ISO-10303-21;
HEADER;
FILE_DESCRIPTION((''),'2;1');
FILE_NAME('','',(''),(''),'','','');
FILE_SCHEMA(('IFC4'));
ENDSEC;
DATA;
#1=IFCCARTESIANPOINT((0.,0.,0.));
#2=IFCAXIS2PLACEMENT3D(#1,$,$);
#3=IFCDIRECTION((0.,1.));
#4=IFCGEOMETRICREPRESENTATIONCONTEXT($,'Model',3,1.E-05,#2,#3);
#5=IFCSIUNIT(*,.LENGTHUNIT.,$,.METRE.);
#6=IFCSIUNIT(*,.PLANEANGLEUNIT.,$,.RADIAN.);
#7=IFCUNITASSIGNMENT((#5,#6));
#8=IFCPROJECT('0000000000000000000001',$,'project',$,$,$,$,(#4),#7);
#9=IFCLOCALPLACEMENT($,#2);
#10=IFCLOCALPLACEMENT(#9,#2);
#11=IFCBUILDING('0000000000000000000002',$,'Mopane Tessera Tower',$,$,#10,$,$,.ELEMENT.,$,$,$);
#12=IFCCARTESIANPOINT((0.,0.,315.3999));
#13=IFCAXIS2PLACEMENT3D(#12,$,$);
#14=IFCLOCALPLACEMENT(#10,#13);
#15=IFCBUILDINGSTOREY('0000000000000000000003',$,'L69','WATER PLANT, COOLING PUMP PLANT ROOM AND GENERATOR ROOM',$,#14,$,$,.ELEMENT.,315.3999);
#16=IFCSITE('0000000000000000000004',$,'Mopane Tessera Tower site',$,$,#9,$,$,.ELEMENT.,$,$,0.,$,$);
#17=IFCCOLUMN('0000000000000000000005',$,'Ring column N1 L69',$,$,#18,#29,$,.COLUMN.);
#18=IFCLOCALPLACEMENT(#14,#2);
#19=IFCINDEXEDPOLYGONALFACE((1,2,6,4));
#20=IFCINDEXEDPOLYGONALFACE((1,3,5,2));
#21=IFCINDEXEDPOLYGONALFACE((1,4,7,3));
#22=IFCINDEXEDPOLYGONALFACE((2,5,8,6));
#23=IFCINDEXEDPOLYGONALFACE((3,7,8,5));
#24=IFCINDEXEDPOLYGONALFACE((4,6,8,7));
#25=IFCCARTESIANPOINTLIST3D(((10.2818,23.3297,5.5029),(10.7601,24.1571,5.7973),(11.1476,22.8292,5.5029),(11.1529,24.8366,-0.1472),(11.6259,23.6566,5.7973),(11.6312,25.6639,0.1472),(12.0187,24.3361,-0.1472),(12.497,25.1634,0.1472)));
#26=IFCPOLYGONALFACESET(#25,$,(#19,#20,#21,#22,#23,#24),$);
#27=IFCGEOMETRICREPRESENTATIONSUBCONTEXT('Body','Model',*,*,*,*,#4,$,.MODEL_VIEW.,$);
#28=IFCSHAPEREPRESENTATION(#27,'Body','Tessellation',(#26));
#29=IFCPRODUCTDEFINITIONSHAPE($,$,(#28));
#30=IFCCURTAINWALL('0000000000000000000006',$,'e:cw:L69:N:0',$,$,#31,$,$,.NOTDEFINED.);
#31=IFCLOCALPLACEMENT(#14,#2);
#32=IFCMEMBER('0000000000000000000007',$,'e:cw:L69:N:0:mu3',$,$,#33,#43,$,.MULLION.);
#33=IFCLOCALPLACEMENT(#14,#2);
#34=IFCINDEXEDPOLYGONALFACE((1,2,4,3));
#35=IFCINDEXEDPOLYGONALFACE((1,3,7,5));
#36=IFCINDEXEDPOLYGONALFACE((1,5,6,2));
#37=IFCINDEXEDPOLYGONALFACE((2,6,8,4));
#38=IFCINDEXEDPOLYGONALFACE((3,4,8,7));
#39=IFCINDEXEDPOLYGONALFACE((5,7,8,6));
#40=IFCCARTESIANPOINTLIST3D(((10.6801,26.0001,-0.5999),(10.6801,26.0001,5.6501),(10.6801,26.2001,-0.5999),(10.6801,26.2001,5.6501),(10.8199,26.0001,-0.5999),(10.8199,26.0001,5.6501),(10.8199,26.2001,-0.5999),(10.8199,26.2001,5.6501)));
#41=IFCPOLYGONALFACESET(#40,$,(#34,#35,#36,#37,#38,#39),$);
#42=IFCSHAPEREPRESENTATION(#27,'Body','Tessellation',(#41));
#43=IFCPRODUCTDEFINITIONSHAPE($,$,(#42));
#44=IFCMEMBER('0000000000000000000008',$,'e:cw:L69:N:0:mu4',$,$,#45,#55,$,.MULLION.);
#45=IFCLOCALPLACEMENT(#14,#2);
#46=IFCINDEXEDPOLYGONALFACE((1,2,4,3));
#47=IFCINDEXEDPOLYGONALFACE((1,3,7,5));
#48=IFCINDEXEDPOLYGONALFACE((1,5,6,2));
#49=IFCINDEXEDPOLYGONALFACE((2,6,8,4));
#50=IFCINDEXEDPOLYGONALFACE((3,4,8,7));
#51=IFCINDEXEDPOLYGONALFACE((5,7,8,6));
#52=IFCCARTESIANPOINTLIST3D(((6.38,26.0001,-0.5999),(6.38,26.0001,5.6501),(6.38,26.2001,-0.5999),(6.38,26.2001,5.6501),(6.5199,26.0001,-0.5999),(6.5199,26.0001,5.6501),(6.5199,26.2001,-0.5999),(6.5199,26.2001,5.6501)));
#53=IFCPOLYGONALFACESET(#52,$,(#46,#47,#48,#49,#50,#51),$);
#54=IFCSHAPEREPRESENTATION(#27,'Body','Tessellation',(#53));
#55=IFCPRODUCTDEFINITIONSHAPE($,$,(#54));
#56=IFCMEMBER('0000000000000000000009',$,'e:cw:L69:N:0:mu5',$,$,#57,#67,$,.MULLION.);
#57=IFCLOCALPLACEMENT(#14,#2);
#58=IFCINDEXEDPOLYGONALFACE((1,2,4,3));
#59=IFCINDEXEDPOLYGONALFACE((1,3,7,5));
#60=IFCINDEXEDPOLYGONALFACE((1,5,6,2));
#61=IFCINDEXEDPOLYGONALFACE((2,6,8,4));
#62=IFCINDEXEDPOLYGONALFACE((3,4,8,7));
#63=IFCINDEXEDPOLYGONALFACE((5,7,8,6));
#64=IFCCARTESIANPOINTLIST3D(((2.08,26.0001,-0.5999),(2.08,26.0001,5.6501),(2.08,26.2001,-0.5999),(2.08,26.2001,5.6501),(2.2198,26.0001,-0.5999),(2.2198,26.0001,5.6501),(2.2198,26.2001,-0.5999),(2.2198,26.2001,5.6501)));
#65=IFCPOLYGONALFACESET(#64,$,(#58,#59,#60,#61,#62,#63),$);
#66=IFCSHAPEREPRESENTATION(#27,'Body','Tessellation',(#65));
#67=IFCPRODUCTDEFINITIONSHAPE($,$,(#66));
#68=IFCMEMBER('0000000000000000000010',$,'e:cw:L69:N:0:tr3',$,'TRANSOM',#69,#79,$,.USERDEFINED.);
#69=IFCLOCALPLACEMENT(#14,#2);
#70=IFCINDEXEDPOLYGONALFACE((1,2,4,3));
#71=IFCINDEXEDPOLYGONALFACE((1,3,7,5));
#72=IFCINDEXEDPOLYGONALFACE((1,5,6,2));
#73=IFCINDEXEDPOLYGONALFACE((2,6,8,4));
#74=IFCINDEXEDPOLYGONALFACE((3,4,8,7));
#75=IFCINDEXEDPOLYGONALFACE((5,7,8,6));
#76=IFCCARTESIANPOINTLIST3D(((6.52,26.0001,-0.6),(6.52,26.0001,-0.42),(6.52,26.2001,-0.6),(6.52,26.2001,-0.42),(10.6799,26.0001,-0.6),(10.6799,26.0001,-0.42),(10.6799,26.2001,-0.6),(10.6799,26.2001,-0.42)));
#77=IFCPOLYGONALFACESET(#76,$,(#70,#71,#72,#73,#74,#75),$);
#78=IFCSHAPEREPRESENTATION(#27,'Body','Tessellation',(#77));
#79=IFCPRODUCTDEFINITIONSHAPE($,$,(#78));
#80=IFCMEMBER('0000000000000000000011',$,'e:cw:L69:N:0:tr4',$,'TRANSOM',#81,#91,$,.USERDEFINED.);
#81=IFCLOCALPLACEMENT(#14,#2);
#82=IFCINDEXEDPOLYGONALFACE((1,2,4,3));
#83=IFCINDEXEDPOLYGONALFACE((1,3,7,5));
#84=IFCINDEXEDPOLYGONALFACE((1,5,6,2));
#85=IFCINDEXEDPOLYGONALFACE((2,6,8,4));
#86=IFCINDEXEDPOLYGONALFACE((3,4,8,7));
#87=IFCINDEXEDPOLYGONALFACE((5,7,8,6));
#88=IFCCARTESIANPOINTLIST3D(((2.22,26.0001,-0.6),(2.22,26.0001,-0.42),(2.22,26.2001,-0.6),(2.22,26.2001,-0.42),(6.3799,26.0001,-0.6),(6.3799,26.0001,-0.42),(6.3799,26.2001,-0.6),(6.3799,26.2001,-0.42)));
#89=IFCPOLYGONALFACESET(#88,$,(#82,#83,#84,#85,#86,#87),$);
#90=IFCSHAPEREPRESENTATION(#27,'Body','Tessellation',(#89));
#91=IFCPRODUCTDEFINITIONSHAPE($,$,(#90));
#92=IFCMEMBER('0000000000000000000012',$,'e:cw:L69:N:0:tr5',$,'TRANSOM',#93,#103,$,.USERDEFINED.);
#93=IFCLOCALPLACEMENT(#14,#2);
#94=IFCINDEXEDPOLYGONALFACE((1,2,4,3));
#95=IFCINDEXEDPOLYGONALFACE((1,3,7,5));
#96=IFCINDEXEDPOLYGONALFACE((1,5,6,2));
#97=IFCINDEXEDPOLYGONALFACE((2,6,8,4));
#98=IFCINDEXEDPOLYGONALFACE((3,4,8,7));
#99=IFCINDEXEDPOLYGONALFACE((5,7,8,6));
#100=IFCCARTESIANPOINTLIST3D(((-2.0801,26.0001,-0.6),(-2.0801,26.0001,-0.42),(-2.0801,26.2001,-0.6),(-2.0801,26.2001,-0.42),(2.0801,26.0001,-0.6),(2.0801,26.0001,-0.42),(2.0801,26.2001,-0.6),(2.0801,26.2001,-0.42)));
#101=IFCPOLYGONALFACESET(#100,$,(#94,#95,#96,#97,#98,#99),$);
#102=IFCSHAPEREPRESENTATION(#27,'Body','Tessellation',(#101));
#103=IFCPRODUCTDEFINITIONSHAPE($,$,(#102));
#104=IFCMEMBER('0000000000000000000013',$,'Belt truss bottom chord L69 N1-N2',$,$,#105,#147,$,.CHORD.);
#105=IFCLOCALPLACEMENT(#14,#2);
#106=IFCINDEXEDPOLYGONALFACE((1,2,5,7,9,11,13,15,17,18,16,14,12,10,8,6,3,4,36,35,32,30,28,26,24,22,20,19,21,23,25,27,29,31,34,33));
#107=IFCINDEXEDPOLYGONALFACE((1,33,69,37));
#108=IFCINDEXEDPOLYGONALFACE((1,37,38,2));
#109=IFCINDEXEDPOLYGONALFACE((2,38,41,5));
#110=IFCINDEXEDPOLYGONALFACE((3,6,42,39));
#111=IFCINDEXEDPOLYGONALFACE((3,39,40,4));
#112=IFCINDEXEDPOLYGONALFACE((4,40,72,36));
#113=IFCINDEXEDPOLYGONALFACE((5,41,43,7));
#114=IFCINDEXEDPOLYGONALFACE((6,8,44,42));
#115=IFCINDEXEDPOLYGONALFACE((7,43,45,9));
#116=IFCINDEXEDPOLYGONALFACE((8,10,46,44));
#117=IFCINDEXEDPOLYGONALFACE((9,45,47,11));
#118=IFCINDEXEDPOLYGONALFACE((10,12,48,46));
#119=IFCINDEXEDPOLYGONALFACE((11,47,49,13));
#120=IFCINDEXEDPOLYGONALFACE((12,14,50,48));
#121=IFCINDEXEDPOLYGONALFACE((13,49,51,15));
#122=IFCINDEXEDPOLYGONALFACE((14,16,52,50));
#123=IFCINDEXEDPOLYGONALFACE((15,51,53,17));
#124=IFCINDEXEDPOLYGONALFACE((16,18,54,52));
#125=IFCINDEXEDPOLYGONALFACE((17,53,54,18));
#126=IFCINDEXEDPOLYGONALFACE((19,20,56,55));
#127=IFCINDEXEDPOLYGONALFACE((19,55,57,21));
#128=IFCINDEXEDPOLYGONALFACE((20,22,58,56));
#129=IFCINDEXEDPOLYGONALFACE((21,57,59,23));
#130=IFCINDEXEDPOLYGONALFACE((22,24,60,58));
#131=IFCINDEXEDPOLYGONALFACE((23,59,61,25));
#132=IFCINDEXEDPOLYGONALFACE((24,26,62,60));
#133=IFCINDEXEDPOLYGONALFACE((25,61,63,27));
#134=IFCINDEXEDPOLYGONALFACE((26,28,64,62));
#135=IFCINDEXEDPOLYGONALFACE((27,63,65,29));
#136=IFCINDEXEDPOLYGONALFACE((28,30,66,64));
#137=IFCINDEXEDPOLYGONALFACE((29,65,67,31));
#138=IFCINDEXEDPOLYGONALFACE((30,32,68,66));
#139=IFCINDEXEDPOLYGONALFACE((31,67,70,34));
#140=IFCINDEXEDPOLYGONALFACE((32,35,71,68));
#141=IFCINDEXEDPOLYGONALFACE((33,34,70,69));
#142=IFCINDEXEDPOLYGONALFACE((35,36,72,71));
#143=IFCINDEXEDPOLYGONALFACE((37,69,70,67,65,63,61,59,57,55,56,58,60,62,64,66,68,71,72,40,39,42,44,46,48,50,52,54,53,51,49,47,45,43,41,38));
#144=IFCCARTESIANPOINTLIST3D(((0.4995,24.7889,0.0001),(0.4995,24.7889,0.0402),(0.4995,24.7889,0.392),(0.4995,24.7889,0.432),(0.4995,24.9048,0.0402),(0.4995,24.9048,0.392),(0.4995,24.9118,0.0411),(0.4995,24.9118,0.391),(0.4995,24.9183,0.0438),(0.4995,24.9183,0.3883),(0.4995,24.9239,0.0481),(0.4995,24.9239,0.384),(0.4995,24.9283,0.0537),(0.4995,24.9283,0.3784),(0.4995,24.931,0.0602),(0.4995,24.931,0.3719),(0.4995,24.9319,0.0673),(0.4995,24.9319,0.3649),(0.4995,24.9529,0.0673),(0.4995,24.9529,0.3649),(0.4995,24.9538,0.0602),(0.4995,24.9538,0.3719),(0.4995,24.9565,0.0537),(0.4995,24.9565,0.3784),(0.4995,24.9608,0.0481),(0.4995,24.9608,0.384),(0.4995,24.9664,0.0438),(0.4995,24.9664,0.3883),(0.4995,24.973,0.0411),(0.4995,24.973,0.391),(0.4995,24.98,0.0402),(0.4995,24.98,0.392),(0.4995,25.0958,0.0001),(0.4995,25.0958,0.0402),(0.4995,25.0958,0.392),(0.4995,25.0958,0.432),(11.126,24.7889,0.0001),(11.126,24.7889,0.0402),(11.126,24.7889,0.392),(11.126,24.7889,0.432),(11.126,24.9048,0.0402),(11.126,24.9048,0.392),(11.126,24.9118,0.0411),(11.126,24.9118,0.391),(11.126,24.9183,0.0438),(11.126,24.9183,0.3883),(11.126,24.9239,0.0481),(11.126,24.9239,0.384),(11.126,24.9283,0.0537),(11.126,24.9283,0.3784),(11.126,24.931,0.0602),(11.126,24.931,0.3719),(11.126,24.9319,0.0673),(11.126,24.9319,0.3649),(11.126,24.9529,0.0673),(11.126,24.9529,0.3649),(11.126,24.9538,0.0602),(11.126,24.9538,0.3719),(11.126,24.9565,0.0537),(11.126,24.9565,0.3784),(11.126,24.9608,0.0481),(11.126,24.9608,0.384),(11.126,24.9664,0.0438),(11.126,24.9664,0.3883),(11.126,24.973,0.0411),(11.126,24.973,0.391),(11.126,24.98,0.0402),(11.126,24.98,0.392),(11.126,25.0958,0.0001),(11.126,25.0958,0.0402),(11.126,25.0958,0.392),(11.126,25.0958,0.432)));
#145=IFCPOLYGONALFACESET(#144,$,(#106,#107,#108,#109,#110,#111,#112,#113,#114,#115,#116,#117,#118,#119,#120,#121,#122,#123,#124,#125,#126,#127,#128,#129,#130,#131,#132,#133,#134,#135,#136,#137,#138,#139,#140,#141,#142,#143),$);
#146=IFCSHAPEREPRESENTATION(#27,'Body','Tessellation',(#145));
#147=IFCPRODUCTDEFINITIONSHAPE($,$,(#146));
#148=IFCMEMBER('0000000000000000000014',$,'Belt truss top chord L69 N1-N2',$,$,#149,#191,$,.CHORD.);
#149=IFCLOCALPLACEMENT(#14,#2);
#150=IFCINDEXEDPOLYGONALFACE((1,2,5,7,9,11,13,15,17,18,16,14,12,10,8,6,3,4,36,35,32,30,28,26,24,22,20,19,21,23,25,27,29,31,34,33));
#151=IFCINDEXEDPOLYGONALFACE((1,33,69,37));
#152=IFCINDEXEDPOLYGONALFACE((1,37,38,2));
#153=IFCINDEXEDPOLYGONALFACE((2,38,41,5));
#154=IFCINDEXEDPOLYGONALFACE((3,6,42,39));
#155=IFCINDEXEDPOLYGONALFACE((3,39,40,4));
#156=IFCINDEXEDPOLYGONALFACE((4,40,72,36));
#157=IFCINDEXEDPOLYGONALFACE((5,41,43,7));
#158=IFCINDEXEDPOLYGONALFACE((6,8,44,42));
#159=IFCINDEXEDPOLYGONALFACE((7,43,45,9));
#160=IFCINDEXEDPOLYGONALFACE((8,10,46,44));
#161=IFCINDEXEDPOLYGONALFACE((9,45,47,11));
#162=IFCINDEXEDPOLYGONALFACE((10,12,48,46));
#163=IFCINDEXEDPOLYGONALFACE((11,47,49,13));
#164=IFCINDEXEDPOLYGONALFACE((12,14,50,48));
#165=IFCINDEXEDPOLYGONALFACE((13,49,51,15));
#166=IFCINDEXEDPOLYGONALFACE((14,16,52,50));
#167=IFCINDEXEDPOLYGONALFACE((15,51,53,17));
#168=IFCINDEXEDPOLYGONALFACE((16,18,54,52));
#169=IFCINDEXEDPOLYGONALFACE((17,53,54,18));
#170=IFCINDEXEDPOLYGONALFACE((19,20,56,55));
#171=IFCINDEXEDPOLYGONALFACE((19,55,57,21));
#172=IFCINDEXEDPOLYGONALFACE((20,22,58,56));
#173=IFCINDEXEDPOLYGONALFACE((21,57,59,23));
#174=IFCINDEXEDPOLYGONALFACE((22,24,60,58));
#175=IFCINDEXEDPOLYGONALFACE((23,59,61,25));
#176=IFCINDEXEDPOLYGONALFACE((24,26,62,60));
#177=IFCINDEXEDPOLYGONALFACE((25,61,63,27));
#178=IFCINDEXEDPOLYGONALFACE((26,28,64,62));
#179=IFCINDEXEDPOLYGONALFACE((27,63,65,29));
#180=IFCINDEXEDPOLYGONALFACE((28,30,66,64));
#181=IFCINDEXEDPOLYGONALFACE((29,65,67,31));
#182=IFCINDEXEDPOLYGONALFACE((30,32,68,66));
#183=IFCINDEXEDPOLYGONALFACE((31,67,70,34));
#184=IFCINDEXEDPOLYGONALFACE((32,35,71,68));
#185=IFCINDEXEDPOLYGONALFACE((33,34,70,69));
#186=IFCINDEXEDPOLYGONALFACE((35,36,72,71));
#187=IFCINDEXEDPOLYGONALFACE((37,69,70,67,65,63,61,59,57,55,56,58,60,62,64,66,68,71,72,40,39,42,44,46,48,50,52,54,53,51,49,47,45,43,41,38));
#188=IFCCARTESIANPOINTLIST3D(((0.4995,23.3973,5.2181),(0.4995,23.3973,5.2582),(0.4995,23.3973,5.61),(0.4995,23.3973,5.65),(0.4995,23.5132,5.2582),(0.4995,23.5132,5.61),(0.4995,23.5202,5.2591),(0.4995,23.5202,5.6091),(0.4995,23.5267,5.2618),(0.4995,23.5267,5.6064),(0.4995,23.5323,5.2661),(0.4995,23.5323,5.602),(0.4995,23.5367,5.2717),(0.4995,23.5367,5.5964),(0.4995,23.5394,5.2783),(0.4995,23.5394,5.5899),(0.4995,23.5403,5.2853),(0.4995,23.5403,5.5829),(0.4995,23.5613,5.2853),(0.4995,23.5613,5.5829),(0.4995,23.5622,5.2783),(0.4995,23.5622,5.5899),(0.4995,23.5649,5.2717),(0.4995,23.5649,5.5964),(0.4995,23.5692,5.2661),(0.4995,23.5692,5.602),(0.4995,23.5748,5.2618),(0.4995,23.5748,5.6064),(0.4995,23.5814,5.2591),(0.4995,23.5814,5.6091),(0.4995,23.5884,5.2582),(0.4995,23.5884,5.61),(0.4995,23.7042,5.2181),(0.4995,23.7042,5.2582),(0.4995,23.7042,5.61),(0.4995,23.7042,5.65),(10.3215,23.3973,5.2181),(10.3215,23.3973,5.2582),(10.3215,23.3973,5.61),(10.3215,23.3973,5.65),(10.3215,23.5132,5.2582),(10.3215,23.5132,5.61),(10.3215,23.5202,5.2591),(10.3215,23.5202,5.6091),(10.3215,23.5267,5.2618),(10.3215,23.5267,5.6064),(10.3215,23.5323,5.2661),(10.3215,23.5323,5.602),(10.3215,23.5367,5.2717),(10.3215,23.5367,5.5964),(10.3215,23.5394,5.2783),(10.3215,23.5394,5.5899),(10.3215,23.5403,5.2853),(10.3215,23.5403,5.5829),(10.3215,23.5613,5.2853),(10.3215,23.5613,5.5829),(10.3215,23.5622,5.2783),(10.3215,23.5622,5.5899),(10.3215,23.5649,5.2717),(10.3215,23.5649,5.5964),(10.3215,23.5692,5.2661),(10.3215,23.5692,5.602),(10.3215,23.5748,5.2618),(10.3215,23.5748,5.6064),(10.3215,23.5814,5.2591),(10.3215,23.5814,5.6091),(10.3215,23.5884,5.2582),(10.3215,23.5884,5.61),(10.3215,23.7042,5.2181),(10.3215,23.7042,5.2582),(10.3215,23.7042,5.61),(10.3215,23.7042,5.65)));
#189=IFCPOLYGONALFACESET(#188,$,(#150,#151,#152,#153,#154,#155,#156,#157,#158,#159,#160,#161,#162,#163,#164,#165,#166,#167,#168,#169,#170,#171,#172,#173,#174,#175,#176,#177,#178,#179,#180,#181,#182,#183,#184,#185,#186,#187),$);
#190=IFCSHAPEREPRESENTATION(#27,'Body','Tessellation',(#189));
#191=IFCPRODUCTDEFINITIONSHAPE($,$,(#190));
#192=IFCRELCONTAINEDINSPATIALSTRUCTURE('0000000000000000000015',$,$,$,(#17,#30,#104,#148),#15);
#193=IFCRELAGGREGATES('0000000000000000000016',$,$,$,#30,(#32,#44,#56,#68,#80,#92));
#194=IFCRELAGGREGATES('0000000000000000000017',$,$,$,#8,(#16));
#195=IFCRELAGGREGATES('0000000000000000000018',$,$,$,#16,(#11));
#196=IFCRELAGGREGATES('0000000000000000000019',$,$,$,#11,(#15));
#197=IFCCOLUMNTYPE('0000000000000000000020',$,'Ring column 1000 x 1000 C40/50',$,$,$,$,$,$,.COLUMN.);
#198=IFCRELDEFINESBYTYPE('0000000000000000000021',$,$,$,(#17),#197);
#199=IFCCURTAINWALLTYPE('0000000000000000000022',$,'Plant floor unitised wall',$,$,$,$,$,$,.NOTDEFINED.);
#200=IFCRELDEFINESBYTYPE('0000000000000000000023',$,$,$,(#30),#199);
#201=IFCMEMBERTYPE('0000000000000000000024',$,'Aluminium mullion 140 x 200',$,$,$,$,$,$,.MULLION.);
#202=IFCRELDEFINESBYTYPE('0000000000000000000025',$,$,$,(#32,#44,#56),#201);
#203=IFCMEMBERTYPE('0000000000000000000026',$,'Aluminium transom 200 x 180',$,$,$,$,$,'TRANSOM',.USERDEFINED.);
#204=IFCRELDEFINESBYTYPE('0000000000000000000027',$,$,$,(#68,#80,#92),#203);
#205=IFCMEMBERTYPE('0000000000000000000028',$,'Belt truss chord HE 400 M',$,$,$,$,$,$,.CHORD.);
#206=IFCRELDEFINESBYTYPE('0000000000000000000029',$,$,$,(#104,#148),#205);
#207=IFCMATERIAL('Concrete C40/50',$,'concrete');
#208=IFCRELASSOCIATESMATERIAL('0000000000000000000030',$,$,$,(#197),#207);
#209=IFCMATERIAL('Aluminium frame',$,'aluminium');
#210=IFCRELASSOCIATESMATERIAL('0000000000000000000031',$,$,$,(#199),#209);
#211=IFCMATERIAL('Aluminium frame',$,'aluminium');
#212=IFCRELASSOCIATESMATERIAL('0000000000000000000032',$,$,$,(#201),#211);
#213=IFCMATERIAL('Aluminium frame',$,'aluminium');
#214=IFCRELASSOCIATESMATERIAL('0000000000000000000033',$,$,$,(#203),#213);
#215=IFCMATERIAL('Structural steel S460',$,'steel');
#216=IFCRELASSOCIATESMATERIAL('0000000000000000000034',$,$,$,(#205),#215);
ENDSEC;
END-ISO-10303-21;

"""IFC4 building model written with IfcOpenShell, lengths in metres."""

from ifc_helpers import new_model, si_unit, direction, frame, origin, origin_2d, place, context, subcontext, project, spatial, rectangle, i_section, extrude, material, material_profile, profile_set, type_object, element, aggregate, save


model = new_model("IFC4")

# Units and contexts
model_context = context("Model", 3, precision=1e-05, world=origin(), true_north=direction((0.0, 1.0)))
body_context = subcontext(model_context, "Body", "Model", "MODEL_VIEW")
ifc_project = project(units=[si_unit("LENGTHUNIT", "METRE"), si_unit("PLANEANGLEUNIT", "RADIAN")], contexts=[model_context])

# Site, building, storey
site_placement = place(None, origin())
site = spatial("IfcSite", under=ifc_project, at=site_placement, Name="Mopane Tessera Tower site", CompositionType="ELEMENT", RefElevation=0.0)
building_placement = place(site_placement, origin())
building = spatial("IfcBuilding", under=site, at=building_placement, Name="Mopane Tessera Tower", CompositionType="ELEMENT")
storey_placement = place(building_placement, frame((0.0, 0.0, 315.3999)))
storey = spatial("IfcBuildingStorey", under=building, at=storey_placement, Name="L69", Description="WATER PLANT, COOLING PUMP PLANT ROOM AND GENERATOR ROOM", CompositionType="ELEMENT", Elevation=315.3999)

# Column
ifc_material_1 = material(Name="Concrete C40/50", Category="concrete")
ifc_material_profile_1 = material_profile(ifc_material_1, rectangle(XDim=1.0, YDim=1.0, at=origin_2d()))
ifc_profile_set_1 = profile_set([ifc_material_profile_1], Name="Concrete C40/50")
column_type = type_object("IfcColumnType", Name="Ring column 1000 x 1000 C40/50", PredefinedType="COLUMN", material=ifc_profile_set_1)
column_placement = place(storey_placement, frame((11.825, 25.0, 0.0), z_axis=(-0.14734, -0.254871, 0.955684), x_axis=(0.865746, -0.500483, 0.0)))
element("IfcColumn", 1, at=column_placement, inside=storey, type_object=column_type, Name="Ring column N1 L69", PredefinedType="COLUMN", context=body_context, shape_type="SweptSolid", body=[
    extrude(rectangle(XDim=1.0, YDim=1.0, at=origin_2d()), origin(), (0.0, 0.0, 1.0), 5.9121),
])

# Curtain wall, members
ifc_material_2 = material(Name="Aluminium frame", Category="aluminium")
curtain_wall_type = type_object("IfcCurtainWallType", Name="Plant floor unitised wall", PredefinedType="NOTDEFINED", material=ifc_material_2)
curtain_wall_placement = place(storey_placement, origin())
curtain_wall = element("IfcCurtainWall", 2, at=curtain_wall_placement, inside=storey, type_object=curtain_wall_type, Name="e:cw:L69:N:0", PredefinedType="NOTDEFINED")
ifc_material_3 = material(Name="Aluminium frame", Category="aluminium")
ifc_material_profile_2 = material_profile(ifc_material_3, rectangle(XDim=0.1399, YDim=0.2, at=origin_2d()))
ifc_profile_set_2 = profile_set([ifc_material_profile_2], Name="Aluminium frame")
member_type_1 = type_object("IfcMemberType", Name="Aluminium mullion 140 x 200", PredefinedType="MULLION", material=ifc_profile_set_2)
member_1_placement = place(storey_placement, frame((10.75, 26.1001, -0.5999), z_axis=(0.0, 0.0, 1.0), x_axis=(-1.0, 0.0, 0.0)))
member_1 = element("IfcMember", 3, at=member_1_placement, type_object=member_type_1, Name="e:cw:L69:N:0:mu3", PredefinedType="MULLION", context=body_context, shape_type="SweptSolid", body=[
    extrude(rectangle(XDim=0.1399, YDim=0.2, at=origin_2d()), origin(), (0.0, 0.0, 1.0), 6.25),
])
member_2_placement = place(storey_placement, frame((6.45, 26.1001, -0.5999), z_axis=(0.0, 0.0, 1.0), x_axis=(-1.0, 0.0, 0.0)))
member_2 = element("IfcMember", 4, at=member_2_placement, type_object=member_type_1, Name="e:cw:L69:N:0:mu4", PredefinedType="MULLION", context=body_context, shape_type="SweptSolid", body=[
    extrude(rectangle(XDim=0.1399, YDim=0.2, at=origin_2d()), origin(), (0.0, 0.0, 1.0), 6.25),
])
member_3_placement = place(storey_placement, frame((2.1499, 26.1001, -0.5999), z_axis=(0.0, 0.0, 1.0), x_axis=(-1.0, 0.0, 0.0)))
member_3 = element("IfcMember", 5, at=member_3_placement, type_object=member_type_1, Name="e:cw:L69:N:0:mu5", PredefinedType="MULLION", context=body_context, shape_type="SweptSolid", body=[
    extrude(rectangle(XDim=0.1399, YDim=0.2, at=origin_2d()), origin(), (0.0, 0.0, 1.0), 6.25),
])
ifc_material_4 = material(Name="Aluminium frame", Category="aluminium")
ifc_material_profile_3 = material_profile(ifc_material_4, rectangle(XDim=0.2, YDim=0.1799, at=origin_2d()))
ifc_profile_set_3 = profile_set([ifc_material_profile_3], Name="Aluminium frame")
member_type_2 = type_object("IfcMemberType", Name="Aluminium transom 200 x 180", ElementType="TRANSOM", PredefinedType="USERDEFINED", material=ifc_profile_set_3)
member_4_placement = place(storey_placement, frame((10.6799, 26.1001, -0.51), z_axis=(-1.0, 0.0, 0.0), x_axis=(0.0, -1.0, 0.0)))
member_4 = element("IfcMember", 6, at=member_4_placement, type_object=member_type_2, Name="e:cw:L69:N:0:tr3", ObjectType="TRANSOM", PredefinedType="USERDEFINED", context=body_context, shape_type="SweptSolid", body=[
    extrude(rectangle(XDim=0.2, YDim=0.1799, at=origin_2d()), origin(), (0.0, 0.0, 1.0), 4.1599),
])
member_5_placement = place(storey_placement, frame((6.3799, 26.1001, -0.51), z_axis=(-1.0, 0.0, 0.0), x_axis=(0.0, -1.0, 0.0)))
member_5 = element("IfcMember", 7, at=member_5_placement, type_object=member_type_2, Name="e:cw:L69:N:0:tr4", ObjectType="TRANSOM", PredefinedType="USERDEFINED", context=body_context, shape_type="SweptSolid", body=[
    extrude(rectangle(XDim=0.2, YDim=0.1799, at=origin_2d()), origin(), (0.0, 0.0, 1.0), 4.1599),
])
member_6_placement = place(storey_placement, frame((2.0801, 26.1001, -0.51), z_axis=(-1.0, 0.0, 0.0), x_axis=(0.0, -1.0, 0.0)))
member_6 = element("IfcMember", 8, at=member_6_placement, type_object=member_type_2, Name="e:cw:L69:N:0:tr5", ObjectType="TRANSOM", PredefinedType="USERDEFINED", context=body_context, shape_type="SweptSolid", body=[
    extrude(rectangle(XDim=0.2, YDim=0.1799, at=origin_2d()), origin(), (0.0, 0.0, 1.0), 4.1602),
])

# Members
ifc_material_5 = material(Name="Structural steel S460", Category="steel")
ifc_material_profile_4 = material_profile(ifc_material_5, i_section(OverallWidth=0.3069, OverallDepth=0.4319, WebThickness=0.021, FlangeThickness=0.04, FilletRadius=0.0271, at=origin_2d()))
ifc_profile_set_4 = profile_set([ifc_material_profile_4], Name="Structural steel S460")
member_type_3 = type_object("IfcMemberType", Name="Belt truss chord HE 400 M", PredefinedType="CHORD", material=ifc_profile_set_4)
member_7_placement = place(storey_placement, frame((11.126, 24.9424, 0.2161), z_axis=(-1.0, 0.0, 0.0), x_axis=(0.0, -1.0, 0.0)))
element("IfcMember", 9, at=member_7_placement, inside=storey, type_object=member_type_3, Name="Belt truss bottom chord L69 N1-N2", PredefinedType="CHORD", context=body_context, shape_type="SweptSolid", body=[
    extrude(i_section(OverallWidth=0.3069, OverallDepth=0.4319, WebThickness=0.021, FlangeThickness=0.04, FilletRadius=0.0271, at=origin_2d()), origin(), (0.0, 0.0, 1.0), 10.6265),
])
member_8_placement = place(storey_placement, frame((10.3215, 23.5508, 5.4341), z_axis=(-1.0, 0.0, 0.0), x_axis=(0.0, -1.0, 0.0)))
element("IfcMember", 10, at=member_8_placement, inside=storey, type_object=member_type_3, Name="Belt truss top chord L69 N1-N2", PredefinedType="CHORD", context=body_context, shape_type="SweptSolid", body=[
    extrude(i_section(OverallWidth=0.3069, OverallDepth=0.4319, WebThickness=0.021, FlangeThickness=0.04, FilletRadius=0.0271, at=origin_2d()), origin(), (0.0, 0.0, 1.0), 9.822),
])

aggregate(curtain_wall, [member_1, member_2, member_3, member_4, member_5, member_6])

save(model, "model.ifc")
